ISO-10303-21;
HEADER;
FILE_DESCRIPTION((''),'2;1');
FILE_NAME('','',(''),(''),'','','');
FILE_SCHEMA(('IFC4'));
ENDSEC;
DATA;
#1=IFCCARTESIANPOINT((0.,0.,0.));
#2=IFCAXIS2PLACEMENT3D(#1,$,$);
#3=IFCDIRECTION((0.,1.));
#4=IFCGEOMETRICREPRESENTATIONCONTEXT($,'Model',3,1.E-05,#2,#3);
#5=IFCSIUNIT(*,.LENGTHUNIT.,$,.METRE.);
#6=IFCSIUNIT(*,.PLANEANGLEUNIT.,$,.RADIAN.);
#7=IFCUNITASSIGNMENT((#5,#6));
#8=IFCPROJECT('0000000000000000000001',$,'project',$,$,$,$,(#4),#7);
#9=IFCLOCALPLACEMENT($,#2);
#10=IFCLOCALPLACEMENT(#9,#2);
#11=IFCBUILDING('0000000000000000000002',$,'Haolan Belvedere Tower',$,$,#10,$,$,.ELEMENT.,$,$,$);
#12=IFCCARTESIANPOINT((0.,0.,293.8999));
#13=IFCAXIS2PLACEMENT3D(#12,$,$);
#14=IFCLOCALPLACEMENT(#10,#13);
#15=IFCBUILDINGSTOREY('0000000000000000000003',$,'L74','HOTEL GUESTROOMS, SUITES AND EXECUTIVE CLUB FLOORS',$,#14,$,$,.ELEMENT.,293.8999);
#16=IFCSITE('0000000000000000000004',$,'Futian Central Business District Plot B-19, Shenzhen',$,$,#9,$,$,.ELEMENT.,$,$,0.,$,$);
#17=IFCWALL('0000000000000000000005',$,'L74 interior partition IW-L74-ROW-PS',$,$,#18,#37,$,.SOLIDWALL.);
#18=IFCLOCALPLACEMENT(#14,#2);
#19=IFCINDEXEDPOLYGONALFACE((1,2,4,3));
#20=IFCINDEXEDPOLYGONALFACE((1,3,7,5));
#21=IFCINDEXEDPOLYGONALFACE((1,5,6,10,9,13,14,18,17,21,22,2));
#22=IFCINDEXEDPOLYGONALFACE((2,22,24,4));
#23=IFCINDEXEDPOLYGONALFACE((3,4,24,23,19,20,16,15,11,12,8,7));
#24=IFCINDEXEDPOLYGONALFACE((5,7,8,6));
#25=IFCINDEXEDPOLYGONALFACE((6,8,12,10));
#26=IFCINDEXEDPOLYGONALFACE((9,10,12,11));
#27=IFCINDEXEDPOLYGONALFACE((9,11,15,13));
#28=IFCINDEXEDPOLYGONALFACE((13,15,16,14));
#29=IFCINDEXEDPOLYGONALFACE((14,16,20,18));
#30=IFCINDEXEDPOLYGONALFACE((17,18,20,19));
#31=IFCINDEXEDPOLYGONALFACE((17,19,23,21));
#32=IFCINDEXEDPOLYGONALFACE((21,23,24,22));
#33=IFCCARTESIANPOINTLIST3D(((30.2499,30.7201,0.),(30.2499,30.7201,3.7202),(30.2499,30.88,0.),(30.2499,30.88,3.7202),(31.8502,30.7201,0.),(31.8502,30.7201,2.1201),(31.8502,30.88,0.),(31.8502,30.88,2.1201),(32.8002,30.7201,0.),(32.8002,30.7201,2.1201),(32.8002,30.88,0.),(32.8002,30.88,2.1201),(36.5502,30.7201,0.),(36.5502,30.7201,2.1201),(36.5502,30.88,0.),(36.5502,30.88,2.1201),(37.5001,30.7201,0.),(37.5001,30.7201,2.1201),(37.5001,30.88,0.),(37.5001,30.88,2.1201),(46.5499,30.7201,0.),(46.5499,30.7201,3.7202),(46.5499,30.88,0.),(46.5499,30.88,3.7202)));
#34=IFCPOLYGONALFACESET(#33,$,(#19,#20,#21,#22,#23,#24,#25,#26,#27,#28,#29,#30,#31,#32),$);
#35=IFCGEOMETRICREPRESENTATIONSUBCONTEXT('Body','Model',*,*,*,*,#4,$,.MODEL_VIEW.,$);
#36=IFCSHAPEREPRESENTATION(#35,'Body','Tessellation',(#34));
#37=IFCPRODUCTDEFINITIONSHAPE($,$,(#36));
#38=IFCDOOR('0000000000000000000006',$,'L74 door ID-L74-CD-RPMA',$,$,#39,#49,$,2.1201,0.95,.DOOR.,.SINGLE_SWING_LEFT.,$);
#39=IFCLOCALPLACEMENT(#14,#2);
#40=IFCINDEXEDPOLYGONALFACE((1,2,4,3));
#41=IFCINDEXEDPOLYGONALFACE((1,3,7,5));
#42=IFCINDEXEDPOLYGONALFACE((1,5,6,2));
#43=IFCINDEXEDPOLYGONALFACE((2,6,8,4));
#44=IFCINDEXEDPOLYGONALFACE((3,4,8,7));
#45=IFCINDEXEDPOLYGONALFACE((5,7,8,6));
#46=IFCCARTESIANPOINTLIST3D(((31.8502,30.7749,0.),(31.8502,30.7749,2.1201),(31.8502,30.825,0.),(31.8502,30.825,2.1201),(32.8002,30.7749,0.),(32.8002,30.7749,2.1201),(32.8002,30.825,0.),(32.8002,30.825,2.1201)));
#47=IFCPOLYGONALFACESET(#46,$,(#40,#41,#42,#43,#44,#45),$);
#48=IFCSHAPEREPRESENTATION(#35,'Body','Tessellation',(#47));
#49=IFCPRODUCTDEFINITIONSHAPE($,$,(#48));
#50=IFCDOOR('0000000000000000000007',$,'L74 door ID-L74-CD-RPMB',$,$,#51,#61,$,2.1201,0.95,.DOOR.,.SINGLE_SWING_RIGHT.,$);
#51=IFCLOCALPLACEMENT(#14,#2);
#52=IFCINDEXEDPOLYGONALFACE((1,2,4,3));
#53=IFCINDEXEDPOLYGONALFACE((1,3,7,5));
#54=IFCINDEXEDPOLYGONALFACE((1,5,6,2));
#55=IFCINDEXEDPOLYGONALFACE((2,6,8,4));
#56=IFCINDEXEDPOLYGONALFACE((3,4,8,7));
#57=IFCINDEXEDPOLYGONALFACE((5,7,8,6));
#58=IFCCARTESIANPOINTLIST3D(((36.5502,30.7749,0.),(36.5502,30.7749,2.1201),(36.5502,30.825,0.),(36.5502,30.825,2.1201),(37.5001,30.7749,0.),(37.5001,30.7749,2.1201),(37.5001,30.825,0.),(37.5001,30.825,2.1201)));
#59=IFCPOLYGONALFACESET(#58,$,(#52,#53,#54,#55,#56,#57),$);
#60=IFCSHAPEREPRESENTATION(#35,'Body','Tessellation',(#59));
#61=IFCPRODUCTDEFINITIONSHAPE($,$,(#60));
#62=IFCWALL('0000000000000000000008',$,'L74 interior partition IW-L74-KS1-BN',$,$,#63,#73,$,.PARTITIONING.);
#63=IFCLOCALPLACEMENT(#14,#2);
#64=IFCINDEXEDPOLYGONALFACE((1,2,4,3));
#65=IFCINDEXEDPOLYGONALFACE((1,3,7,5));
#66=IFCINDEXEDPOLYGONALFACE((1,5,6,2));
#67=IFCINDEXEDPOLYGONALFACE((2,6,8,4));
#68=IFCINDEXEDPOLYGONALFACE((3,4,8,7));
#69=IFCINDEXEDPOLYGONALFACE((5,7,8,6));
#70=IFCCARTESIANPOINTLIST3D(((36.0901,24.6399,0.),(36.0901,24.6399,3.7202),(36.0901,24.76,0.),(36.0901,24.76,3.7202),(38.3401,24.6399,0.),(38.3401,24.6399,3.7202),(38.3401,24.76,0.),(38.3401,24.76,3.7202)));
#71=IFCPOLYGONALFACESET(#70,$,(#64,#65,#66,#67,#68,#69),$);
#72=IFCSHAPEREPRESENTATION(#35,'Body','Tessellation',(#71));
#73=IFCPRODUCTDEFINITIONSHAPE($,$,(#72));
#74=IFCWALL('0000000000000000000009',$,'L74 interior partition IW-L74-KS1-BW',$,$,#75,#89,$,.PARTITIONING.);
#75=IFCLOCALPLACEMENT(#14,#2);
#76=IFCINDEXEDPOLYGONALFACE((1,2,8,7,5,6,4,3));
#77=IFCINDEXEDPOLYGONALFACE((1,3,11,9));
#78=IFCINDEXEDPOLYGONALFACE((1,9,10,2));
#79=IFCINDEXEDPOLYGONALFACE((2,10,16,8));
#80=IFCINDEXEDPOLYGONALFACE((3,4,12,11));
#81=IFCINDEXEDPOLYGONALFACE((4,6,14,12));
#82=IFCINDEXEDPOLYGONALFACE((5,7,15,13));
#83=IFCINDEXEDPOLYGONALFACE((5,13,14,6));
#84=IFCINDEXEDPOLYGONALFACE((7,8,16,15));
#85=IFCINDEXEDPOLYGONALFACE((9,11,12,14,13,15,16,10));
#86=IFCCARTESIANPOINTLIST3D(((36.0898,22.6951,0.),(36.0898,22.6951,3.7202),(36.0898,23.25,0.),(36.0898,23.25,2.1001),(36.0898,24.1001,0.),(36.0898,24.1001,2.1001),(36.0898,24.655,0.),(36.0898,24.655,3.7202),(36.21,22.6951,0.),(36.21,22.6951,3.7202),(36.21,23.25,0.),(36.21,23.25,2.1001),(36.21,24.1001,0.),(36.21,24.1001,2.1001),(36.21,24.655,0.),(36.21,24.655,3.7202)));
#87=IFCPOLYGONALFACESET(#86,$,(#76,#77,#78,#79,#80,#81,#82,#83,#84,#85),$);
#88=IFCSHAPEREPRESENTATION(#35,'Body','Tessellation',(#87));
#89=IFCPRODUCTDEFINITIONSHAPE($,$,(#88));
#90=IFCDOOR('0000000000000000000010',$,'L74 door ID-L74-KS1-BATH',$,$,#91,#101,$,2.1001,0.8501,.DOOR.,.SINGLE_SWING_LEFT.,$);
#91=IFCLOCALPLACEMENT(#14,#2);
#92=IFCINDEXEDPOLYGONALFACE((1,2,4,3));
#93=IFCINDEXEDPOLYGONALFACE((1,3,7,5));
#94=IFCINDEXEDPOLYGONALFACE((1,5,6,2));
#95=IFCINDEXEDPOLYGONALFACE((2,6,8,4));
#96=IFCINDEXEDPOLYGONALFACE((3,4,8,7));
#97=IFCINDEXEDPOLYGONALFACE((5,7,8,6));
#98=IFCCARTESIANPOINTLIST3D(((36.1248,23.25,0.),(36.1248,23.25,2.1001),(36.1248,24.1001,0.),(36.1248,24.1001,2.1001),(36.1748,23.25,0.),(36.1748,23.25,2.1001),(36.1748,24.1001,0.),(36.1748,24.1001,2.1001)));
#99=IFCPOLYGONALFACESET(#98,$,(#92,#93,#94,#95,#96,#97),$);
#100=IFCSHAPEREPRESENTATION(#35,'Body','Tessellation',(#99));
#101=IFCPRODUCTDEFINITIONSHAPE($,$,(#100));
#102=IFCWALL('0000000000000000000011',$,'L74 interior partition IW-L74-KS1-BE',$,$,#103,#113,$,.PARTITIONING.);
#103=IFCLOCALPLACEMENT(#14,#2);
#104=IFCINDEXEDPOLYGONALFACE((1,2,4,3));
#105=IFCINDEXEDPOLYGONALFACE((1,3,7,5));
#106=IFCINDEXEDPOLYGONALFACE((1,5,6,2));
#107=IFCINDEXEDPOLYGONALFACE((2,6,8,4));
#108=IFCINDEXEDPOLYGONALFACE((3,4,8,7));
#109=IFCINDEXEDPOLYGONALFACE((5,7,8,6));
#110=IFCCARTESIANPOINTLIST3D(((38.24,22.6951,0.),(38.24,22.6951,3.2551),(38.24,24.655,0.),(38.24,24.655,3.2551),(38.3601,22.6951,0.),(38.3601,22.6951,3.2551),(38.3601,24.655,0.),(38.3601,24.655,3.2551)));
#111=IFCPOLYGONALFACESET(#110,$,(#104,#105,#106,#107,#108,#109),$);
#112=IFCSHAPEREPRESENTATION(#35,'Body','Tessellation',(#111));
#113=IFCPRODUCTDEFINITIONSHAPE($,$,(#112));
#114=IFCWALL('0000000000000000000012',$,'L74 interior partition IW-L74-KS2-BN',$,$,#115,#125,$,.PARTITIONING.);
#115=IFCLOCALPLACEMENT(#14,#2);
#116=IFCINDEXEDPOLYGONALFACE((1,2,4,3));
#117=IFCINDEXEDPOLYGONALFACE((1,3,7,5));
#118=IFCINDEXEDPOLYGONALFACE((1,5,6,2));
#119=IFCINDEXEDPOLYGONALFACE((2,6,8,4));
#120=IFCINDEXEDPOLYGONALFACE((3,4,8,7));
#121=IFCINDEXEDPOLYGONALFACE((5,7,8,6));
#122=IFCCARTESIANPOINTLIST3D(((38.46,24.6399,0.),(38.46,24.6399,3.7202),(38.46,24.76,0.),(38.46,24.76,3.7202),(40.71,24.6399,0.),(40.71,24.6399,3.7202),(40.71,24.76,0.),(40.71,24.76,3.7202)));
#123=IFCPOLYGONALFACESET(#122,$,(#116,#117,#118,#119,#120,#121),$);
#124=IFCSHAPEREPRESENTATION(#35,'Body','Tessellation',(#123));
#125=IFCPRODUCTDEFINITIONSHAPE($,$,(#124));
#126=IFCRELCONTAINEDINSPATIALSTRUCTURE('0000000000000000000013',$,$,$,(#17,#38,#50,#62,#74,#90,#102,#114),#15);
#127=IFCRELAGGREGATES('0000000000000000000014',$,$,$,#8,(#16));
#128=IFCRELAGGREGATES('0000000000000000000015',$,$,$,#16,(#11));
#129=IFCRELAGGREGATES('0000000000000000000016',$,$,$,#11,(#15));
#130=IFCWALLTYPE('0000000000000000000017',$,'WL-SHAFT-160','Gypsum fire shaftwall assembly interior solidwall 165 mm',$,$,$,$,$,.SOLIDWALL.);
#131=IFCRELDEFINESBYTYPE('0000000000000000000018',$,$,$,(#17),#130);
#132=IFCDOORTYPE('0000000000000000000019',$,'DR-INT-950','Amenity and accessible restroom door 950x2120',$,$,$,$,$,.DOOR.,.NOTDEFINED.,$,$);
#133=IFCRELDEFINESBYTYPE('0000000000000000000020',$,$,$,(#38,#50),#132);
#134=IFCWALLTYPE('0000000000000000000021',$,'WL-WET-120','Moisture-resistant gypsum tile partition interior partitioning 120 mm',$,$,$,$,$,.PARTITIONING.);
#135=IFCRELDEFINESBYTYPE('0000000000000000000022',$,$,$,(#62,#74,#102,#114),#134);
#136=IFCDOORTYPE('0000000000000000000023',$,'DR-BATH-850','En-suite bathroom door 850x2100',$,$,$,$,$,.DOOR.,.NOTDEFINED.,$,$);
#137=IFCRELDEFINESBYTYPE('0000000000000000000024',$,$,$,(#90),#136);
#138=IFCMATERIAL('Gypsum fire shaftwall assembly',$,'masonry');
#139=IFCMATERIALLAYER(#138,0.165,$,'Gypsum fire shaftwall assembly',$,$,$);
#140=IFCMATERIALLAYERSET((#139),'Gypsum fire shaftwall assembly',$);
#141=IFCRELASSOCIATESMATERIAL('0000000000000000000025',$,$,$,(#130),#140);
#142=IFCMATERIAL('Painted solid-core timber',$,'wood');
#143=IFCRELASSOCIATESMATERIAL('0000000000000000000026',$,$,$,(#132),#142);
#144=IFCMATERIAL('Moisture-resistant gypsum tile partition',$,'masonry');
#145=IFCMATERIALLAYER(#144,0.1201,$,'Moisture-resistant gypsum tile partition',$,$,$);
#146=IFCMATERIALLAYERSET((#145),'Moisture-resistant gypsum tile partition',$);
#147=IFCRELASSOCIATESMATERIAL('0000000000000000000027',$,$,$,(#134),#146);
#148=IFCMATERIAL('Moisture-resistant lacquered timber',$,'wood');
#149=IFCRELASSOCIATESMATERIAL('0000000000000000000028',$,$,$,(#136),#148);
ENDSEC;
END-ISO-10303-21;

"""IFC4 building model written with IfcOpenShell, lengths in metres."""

from ifc_helpers import new_model, si_unit, direction, frame, frame_2d, origin, place, context, subcontext, project, spatial, rectangle, extrude, material, layer, layer_set, type_object, element, fill, save


model = new_model("IFC4")

# Units and contexts
model_context = context("Model", 3, precision=1e-05, world=origin(), true_north=direction((0.0, 1.0)))
body_context = subcontext(model_context, "Body", "Model", "MODEL_VIEW")
ifc_project = project(units=[si_unit("LENGTHUNIT", "METRE"), si_unit("PLANEANGLEUNIT", "RADIAN")], contexts=[model_context])

# Site, building, storey
site_placement = place(None, origin())
site = spatial("IfcSite", under=ifc_project, at=site_placement, Name="Futian Central Business District Plot B-19, Shenzhen", CompositionType="ELEMENT", RefElevation=0.0)
building_placement = place(site_placement, origin())
building = spatial("IfcBuilding", under=site, at=building_placement, Name="Haolan Belvedere Tower", CompositionType="ELEMENT")
storey_placement = place(building_placement, frame((0.0, 0.0, 293.8999)))
storey = spatial("IfcBuildingStorey", under=building, at=storey_placement, Name="L74", Description="HOTEL GUESTROOMS, SUITES AND EXECUTIVE CLUB FLOORS", CompositionType="ELEMENT", Elevation=293.8999)

# Shared definitions
ifc_material_1 = material(Name="Gypsum fire shaftwall assembly", Category="masonry")
ifc_layer_1 = layer(ifc_material_1, 0.165, Name="Gypsum fire shaftwall assembly")
ifc_layer_set_1 = layer_set([ifc_layer_1], Name="Gypsum fire shaftwall assembly")
wall_type_1 = type_object("IfcWallType", Name="WL-SHAFT-160", Description="Gypsum fire shaftwall assembly interior solidwall 165 mm", PredefinedType="SOLIDWALL", material=ifc_layer_set_1)

# Shared definitions
ifc_material_2 = material(Name="Painted solid-core timber", Category="wood")
door_type_1 = type_object("IfcDoorType", Name="DR-INT-950", Description="Amenity and accessible restroom door 950x2120", OperationType="NOTDEFINED", PredefinedType="DOOR", material=ifc_material_2)

# Wall, openings, doors
wall_1_placement = place(storey_placement, frame((30.25, 30.8, 0.0), z_axis=(0.0, 0.0, 1.0), x_axis=(1.0, 0.0, 0.0)))
wall_1 = element("IfcWall", 1, at=wall_1_placement, inside=storey, type_object=wall_type_1, Name="L74 interior partition IW-L74-ROW-PS", PredefinedType="SOLIDWALL", context=body_context, shape_type="SweptSolid", body=[
    extrude(rectangle(XDim=16.3, YDim=0.1599, at=frame_2d((8.1499, 0.0))), origin(), (0.0, 0.0, 1.0), 3.7202),
])
opening_1_placement = place(wall_1_placement, frame((1.6001, 0.0, 0.0)))
opening_1 = element("IfcOpeningElement", 2, at=opening_1_placement, cuts=wall_1, PredefinedType="OPENING", context=body_context, shape_type="SweptSolid", body=[
    extrude(rectangle(XDim=0.95, YDim=2.1201, at=frame_2d((0.4751, 1.0601))), frame((0.0, 0.0898, 0.0), z_axis=(0.0, -1.0, 0.0), x_axis=(1.0, 0.0, 0.0)), (0.0, 0.0, 1.0), 0.1799),
])
opening_2_placement = place(wall_1_placement, frame((6.3, 0.0, 0.0)))
opening_2 = element("IfcOpeningElement", 3, at=opening_2_placement, cuts=wall_1, PredefinedType="OPENING", context=body_context, shape_type="SweptSolid", body=[
    extrude(rectangle(XDim=0.95, YDim=2.1201, at=frame_2d((0.4751, 1.0601))), frame((0.0, 0.0898, 0.0), z_axis=(0.0, -1.0, 0.0), x_axis=(1.0, 0.0, 0.0)), (0.0, 0.0, 1.0), 0.1799),
])
door_1_placement = place(opening_1_placement, origin())
door_1 = element("IfcDoor", 4, at=door_1_placement, inside=storey, type_object=door_type_1, Name="L74 door ID-L74-CD-RPMA", OperationType="SINGLE_SWING_LEFT", OverallHeight=2.1201, OverallWidth=0.95, PredefinedType="DOOR", context=body_context, shape_type="SweptSolid", body=[
    extrude(rectangle(XDim=0.95, YDim=2.1201, at=frame_2d((0.4751, 1.0601))), frame((0.0, 0.0249, 0.0), z_axis=(0.0, -1.0, 0.0), x_axis=(1.0, 0.0, 0.0)), (0.0, 0.0, 1.0), 0.05),
])
fill(opening_1, door_1)
door_2_placement = place(opening_2_placement, origin())
door_2 = element("IfcDoor", 5, at=door_2_placement, inside=storey, type_object=door_type_1, Name="L74 door ID-L74-CD-RPMB", OperationType="SINGLE_SWING_RIGHT", OverallHeight=2.1201, OverallWidth=0.95, PredefinedType="DOOR", context=body_context, shape_type="SweptSolid", body=[
    extrude(rectangle(XDim=0.95, YDim=2.1201, at=frame_2d((0.4751, 1.0601))), frame((0.0, 0.0249, 0.0), z_axis=(0.0, -1.0, 0.0), x_axis=(1.0, 0.0, 0.0)), (0.0, 0.0, 1.0), 0.05),
])
fill(opening_2, door_2)

# Wall
ifc_material_3 = material(Name="Moisture-resistant gypsum tile partition", Category="masonry")
ifc_layer_2 = layer(ifc_material_3, 0.1201, Name="Moisture-resistant gypsum tile partition")
ifc_layer_set_2 = layer_set([ifc_layer_2], Name="Moisture-resistant gypsum tile partition")
wall_type_2 = type_object("IfcWallType", Name="WL-WET-120", Description="Moisture-resistant gypsum tile partition interior partitioning 120 mm", PredefinedType="PARTITIONING", material=ifc_layer_set_2)
wall_2_placement = place(storey_placement, frame((36.0901, 24.7, 0.0), z_axis=(0.0, 0.0, 1.0), x_axis=(1.0, 0.0, 0.0)))
element("IfcWall", 6, at=wall_2_placement, inside=storey, type_object=wall_type_2, Name="L74 interior partition IW-L74-KS1-BN", PredefinedType="PARTITIONING", context=body_context, shape_type="SweptSolid", body=[
    extrude(rectangle(XDim=2.25, YDim=0.1201, at=frame_2d((1.125, 0.0))), origin(), (0.0, 0.0, 1.0), 3.7202),
])

# Wall, opening, door
wall_3_placement = place(storey_placement, frame((36.1499, 22.6951, 0.0), z_axis=(0.0, 0.0, 1.0), x_axis=(0.0, 1.0, 0.0)))
wall_3 = element("IfcWall", 7, at=wall_3_placement, inside=storey, type_object=wall_type_2, Name="L74 interior partition IW-L74-KS1-BW", PredefinedType="PARTITIONING", context=body_context, shape_type="SweptSolid", body=[
    extrude(rectangle(XDim=1.96, YDim=0.1201, at=frame_2d((0.98, 0.0))), origin(), (0.0, 0.0, 1.0), 3.7202),
])
opening_3_placement = place(wall_3_placement, frame((1.405, 0.0, 0.0), z_axis=(0.0, 0.0, 1.0), x_axis=(-1.0, 0.0, 0.0)))
opening_3 = element("IfcOpeningElement", 8, at=opening_3_placement, cuts=wall_3, PredefinedType="OPENING", context=body_context, shape_type="SweptSolid", body=[
    extrude(rectangle(XDim=0.8501, YDim=2.1001, at=frame_2d((0.425, 1.05))), frame((0.0, 0.0701, 0.0), z_axis=(0.0, -1.0, 0.0), x_axis=(1.0, 0.0, 0.0)), (0.0, 0.0, 1.0), 0.1401),
])
ifc_material_4 = material(Name="Moisture-resistant lacquered timber", Category="wood")
door_type_2 = type_object("IfcDoorType", Name="DR-BATH-850", Description="En-suite bathroom door 850x2100", OperationType="NOTDEFINED", PredefinedType="DOOR", material=ifc_material_4)
door_3_placement = place(opening_3_placement, origin())
door_3 = element("IfcDoor", 9, at=door_3_placement, inside=storey, type_object=door_type_2, Name="L74 door ID-L74-KS1-BATH", OperationType="SINGLE_SWING_LEFT", OverallHeight=2.1001, OverallWidth=0.8501, PredefinedType="DOOR", context=body_context, shape_type="SweptSolid", body=[
    extrude(rectangle(XDim=0.8501, YDim=2.1001, at=frame_2d((0.425, 1.05))), frame((0.0, 0.0249, 0.0), z_axis=(0.0, -1.0, 0.0), x_axis=(1.0, 0.0, 0.0)), (0.0, 0.0, 1.0), 0.05),
])
fill(opening_3, door_3)

# Walls
wall_4_placement = place(storey_placement, frame((38.3, 22.6951, 0.0), z_axis=(0.0, 0.0, 1.0), x_axis=(0.0, 1.0, 0.0)))
element("IfcWall", 10, at=wall_4_placement, inside=storey, type_object=wall_type_2, Name="L74 interior partition IW-L74-KS1-BE", PredefinedType="PARTITIONING", context=body_context, shape_type="SweptSolid", body=[
    extrude(rectangle(XDim=1.96, YDim=0.1201, at=frame_2d((0.98, 0.0))), origin(), (0.0, 0.0, 1.0), 3.2551),
])
wall_5_placement = place(storey_placement, frame((38.46, 24.7, 0.0), z_axis=(0.0, 0.0, 1.0), x_axis=(1.0, 0.0, 0.0)))
element("IfcWall", 11, at=wall_5_placement, inside=storey, type_object=wall_type_2, Name="L74 interior partition IW-L74-KS2-BN", PredefinedType="PARTITIONING", context=body_context, shape_type="SweptSolid", body=[
    extrude(rectangle(XDim=2.25, YDim=0.1201, at=frame_2d((1.125, 0.0))), origin(), (0.0, 0.0, 1.0), 3.7202),
])

save(model, "model.ifc")
